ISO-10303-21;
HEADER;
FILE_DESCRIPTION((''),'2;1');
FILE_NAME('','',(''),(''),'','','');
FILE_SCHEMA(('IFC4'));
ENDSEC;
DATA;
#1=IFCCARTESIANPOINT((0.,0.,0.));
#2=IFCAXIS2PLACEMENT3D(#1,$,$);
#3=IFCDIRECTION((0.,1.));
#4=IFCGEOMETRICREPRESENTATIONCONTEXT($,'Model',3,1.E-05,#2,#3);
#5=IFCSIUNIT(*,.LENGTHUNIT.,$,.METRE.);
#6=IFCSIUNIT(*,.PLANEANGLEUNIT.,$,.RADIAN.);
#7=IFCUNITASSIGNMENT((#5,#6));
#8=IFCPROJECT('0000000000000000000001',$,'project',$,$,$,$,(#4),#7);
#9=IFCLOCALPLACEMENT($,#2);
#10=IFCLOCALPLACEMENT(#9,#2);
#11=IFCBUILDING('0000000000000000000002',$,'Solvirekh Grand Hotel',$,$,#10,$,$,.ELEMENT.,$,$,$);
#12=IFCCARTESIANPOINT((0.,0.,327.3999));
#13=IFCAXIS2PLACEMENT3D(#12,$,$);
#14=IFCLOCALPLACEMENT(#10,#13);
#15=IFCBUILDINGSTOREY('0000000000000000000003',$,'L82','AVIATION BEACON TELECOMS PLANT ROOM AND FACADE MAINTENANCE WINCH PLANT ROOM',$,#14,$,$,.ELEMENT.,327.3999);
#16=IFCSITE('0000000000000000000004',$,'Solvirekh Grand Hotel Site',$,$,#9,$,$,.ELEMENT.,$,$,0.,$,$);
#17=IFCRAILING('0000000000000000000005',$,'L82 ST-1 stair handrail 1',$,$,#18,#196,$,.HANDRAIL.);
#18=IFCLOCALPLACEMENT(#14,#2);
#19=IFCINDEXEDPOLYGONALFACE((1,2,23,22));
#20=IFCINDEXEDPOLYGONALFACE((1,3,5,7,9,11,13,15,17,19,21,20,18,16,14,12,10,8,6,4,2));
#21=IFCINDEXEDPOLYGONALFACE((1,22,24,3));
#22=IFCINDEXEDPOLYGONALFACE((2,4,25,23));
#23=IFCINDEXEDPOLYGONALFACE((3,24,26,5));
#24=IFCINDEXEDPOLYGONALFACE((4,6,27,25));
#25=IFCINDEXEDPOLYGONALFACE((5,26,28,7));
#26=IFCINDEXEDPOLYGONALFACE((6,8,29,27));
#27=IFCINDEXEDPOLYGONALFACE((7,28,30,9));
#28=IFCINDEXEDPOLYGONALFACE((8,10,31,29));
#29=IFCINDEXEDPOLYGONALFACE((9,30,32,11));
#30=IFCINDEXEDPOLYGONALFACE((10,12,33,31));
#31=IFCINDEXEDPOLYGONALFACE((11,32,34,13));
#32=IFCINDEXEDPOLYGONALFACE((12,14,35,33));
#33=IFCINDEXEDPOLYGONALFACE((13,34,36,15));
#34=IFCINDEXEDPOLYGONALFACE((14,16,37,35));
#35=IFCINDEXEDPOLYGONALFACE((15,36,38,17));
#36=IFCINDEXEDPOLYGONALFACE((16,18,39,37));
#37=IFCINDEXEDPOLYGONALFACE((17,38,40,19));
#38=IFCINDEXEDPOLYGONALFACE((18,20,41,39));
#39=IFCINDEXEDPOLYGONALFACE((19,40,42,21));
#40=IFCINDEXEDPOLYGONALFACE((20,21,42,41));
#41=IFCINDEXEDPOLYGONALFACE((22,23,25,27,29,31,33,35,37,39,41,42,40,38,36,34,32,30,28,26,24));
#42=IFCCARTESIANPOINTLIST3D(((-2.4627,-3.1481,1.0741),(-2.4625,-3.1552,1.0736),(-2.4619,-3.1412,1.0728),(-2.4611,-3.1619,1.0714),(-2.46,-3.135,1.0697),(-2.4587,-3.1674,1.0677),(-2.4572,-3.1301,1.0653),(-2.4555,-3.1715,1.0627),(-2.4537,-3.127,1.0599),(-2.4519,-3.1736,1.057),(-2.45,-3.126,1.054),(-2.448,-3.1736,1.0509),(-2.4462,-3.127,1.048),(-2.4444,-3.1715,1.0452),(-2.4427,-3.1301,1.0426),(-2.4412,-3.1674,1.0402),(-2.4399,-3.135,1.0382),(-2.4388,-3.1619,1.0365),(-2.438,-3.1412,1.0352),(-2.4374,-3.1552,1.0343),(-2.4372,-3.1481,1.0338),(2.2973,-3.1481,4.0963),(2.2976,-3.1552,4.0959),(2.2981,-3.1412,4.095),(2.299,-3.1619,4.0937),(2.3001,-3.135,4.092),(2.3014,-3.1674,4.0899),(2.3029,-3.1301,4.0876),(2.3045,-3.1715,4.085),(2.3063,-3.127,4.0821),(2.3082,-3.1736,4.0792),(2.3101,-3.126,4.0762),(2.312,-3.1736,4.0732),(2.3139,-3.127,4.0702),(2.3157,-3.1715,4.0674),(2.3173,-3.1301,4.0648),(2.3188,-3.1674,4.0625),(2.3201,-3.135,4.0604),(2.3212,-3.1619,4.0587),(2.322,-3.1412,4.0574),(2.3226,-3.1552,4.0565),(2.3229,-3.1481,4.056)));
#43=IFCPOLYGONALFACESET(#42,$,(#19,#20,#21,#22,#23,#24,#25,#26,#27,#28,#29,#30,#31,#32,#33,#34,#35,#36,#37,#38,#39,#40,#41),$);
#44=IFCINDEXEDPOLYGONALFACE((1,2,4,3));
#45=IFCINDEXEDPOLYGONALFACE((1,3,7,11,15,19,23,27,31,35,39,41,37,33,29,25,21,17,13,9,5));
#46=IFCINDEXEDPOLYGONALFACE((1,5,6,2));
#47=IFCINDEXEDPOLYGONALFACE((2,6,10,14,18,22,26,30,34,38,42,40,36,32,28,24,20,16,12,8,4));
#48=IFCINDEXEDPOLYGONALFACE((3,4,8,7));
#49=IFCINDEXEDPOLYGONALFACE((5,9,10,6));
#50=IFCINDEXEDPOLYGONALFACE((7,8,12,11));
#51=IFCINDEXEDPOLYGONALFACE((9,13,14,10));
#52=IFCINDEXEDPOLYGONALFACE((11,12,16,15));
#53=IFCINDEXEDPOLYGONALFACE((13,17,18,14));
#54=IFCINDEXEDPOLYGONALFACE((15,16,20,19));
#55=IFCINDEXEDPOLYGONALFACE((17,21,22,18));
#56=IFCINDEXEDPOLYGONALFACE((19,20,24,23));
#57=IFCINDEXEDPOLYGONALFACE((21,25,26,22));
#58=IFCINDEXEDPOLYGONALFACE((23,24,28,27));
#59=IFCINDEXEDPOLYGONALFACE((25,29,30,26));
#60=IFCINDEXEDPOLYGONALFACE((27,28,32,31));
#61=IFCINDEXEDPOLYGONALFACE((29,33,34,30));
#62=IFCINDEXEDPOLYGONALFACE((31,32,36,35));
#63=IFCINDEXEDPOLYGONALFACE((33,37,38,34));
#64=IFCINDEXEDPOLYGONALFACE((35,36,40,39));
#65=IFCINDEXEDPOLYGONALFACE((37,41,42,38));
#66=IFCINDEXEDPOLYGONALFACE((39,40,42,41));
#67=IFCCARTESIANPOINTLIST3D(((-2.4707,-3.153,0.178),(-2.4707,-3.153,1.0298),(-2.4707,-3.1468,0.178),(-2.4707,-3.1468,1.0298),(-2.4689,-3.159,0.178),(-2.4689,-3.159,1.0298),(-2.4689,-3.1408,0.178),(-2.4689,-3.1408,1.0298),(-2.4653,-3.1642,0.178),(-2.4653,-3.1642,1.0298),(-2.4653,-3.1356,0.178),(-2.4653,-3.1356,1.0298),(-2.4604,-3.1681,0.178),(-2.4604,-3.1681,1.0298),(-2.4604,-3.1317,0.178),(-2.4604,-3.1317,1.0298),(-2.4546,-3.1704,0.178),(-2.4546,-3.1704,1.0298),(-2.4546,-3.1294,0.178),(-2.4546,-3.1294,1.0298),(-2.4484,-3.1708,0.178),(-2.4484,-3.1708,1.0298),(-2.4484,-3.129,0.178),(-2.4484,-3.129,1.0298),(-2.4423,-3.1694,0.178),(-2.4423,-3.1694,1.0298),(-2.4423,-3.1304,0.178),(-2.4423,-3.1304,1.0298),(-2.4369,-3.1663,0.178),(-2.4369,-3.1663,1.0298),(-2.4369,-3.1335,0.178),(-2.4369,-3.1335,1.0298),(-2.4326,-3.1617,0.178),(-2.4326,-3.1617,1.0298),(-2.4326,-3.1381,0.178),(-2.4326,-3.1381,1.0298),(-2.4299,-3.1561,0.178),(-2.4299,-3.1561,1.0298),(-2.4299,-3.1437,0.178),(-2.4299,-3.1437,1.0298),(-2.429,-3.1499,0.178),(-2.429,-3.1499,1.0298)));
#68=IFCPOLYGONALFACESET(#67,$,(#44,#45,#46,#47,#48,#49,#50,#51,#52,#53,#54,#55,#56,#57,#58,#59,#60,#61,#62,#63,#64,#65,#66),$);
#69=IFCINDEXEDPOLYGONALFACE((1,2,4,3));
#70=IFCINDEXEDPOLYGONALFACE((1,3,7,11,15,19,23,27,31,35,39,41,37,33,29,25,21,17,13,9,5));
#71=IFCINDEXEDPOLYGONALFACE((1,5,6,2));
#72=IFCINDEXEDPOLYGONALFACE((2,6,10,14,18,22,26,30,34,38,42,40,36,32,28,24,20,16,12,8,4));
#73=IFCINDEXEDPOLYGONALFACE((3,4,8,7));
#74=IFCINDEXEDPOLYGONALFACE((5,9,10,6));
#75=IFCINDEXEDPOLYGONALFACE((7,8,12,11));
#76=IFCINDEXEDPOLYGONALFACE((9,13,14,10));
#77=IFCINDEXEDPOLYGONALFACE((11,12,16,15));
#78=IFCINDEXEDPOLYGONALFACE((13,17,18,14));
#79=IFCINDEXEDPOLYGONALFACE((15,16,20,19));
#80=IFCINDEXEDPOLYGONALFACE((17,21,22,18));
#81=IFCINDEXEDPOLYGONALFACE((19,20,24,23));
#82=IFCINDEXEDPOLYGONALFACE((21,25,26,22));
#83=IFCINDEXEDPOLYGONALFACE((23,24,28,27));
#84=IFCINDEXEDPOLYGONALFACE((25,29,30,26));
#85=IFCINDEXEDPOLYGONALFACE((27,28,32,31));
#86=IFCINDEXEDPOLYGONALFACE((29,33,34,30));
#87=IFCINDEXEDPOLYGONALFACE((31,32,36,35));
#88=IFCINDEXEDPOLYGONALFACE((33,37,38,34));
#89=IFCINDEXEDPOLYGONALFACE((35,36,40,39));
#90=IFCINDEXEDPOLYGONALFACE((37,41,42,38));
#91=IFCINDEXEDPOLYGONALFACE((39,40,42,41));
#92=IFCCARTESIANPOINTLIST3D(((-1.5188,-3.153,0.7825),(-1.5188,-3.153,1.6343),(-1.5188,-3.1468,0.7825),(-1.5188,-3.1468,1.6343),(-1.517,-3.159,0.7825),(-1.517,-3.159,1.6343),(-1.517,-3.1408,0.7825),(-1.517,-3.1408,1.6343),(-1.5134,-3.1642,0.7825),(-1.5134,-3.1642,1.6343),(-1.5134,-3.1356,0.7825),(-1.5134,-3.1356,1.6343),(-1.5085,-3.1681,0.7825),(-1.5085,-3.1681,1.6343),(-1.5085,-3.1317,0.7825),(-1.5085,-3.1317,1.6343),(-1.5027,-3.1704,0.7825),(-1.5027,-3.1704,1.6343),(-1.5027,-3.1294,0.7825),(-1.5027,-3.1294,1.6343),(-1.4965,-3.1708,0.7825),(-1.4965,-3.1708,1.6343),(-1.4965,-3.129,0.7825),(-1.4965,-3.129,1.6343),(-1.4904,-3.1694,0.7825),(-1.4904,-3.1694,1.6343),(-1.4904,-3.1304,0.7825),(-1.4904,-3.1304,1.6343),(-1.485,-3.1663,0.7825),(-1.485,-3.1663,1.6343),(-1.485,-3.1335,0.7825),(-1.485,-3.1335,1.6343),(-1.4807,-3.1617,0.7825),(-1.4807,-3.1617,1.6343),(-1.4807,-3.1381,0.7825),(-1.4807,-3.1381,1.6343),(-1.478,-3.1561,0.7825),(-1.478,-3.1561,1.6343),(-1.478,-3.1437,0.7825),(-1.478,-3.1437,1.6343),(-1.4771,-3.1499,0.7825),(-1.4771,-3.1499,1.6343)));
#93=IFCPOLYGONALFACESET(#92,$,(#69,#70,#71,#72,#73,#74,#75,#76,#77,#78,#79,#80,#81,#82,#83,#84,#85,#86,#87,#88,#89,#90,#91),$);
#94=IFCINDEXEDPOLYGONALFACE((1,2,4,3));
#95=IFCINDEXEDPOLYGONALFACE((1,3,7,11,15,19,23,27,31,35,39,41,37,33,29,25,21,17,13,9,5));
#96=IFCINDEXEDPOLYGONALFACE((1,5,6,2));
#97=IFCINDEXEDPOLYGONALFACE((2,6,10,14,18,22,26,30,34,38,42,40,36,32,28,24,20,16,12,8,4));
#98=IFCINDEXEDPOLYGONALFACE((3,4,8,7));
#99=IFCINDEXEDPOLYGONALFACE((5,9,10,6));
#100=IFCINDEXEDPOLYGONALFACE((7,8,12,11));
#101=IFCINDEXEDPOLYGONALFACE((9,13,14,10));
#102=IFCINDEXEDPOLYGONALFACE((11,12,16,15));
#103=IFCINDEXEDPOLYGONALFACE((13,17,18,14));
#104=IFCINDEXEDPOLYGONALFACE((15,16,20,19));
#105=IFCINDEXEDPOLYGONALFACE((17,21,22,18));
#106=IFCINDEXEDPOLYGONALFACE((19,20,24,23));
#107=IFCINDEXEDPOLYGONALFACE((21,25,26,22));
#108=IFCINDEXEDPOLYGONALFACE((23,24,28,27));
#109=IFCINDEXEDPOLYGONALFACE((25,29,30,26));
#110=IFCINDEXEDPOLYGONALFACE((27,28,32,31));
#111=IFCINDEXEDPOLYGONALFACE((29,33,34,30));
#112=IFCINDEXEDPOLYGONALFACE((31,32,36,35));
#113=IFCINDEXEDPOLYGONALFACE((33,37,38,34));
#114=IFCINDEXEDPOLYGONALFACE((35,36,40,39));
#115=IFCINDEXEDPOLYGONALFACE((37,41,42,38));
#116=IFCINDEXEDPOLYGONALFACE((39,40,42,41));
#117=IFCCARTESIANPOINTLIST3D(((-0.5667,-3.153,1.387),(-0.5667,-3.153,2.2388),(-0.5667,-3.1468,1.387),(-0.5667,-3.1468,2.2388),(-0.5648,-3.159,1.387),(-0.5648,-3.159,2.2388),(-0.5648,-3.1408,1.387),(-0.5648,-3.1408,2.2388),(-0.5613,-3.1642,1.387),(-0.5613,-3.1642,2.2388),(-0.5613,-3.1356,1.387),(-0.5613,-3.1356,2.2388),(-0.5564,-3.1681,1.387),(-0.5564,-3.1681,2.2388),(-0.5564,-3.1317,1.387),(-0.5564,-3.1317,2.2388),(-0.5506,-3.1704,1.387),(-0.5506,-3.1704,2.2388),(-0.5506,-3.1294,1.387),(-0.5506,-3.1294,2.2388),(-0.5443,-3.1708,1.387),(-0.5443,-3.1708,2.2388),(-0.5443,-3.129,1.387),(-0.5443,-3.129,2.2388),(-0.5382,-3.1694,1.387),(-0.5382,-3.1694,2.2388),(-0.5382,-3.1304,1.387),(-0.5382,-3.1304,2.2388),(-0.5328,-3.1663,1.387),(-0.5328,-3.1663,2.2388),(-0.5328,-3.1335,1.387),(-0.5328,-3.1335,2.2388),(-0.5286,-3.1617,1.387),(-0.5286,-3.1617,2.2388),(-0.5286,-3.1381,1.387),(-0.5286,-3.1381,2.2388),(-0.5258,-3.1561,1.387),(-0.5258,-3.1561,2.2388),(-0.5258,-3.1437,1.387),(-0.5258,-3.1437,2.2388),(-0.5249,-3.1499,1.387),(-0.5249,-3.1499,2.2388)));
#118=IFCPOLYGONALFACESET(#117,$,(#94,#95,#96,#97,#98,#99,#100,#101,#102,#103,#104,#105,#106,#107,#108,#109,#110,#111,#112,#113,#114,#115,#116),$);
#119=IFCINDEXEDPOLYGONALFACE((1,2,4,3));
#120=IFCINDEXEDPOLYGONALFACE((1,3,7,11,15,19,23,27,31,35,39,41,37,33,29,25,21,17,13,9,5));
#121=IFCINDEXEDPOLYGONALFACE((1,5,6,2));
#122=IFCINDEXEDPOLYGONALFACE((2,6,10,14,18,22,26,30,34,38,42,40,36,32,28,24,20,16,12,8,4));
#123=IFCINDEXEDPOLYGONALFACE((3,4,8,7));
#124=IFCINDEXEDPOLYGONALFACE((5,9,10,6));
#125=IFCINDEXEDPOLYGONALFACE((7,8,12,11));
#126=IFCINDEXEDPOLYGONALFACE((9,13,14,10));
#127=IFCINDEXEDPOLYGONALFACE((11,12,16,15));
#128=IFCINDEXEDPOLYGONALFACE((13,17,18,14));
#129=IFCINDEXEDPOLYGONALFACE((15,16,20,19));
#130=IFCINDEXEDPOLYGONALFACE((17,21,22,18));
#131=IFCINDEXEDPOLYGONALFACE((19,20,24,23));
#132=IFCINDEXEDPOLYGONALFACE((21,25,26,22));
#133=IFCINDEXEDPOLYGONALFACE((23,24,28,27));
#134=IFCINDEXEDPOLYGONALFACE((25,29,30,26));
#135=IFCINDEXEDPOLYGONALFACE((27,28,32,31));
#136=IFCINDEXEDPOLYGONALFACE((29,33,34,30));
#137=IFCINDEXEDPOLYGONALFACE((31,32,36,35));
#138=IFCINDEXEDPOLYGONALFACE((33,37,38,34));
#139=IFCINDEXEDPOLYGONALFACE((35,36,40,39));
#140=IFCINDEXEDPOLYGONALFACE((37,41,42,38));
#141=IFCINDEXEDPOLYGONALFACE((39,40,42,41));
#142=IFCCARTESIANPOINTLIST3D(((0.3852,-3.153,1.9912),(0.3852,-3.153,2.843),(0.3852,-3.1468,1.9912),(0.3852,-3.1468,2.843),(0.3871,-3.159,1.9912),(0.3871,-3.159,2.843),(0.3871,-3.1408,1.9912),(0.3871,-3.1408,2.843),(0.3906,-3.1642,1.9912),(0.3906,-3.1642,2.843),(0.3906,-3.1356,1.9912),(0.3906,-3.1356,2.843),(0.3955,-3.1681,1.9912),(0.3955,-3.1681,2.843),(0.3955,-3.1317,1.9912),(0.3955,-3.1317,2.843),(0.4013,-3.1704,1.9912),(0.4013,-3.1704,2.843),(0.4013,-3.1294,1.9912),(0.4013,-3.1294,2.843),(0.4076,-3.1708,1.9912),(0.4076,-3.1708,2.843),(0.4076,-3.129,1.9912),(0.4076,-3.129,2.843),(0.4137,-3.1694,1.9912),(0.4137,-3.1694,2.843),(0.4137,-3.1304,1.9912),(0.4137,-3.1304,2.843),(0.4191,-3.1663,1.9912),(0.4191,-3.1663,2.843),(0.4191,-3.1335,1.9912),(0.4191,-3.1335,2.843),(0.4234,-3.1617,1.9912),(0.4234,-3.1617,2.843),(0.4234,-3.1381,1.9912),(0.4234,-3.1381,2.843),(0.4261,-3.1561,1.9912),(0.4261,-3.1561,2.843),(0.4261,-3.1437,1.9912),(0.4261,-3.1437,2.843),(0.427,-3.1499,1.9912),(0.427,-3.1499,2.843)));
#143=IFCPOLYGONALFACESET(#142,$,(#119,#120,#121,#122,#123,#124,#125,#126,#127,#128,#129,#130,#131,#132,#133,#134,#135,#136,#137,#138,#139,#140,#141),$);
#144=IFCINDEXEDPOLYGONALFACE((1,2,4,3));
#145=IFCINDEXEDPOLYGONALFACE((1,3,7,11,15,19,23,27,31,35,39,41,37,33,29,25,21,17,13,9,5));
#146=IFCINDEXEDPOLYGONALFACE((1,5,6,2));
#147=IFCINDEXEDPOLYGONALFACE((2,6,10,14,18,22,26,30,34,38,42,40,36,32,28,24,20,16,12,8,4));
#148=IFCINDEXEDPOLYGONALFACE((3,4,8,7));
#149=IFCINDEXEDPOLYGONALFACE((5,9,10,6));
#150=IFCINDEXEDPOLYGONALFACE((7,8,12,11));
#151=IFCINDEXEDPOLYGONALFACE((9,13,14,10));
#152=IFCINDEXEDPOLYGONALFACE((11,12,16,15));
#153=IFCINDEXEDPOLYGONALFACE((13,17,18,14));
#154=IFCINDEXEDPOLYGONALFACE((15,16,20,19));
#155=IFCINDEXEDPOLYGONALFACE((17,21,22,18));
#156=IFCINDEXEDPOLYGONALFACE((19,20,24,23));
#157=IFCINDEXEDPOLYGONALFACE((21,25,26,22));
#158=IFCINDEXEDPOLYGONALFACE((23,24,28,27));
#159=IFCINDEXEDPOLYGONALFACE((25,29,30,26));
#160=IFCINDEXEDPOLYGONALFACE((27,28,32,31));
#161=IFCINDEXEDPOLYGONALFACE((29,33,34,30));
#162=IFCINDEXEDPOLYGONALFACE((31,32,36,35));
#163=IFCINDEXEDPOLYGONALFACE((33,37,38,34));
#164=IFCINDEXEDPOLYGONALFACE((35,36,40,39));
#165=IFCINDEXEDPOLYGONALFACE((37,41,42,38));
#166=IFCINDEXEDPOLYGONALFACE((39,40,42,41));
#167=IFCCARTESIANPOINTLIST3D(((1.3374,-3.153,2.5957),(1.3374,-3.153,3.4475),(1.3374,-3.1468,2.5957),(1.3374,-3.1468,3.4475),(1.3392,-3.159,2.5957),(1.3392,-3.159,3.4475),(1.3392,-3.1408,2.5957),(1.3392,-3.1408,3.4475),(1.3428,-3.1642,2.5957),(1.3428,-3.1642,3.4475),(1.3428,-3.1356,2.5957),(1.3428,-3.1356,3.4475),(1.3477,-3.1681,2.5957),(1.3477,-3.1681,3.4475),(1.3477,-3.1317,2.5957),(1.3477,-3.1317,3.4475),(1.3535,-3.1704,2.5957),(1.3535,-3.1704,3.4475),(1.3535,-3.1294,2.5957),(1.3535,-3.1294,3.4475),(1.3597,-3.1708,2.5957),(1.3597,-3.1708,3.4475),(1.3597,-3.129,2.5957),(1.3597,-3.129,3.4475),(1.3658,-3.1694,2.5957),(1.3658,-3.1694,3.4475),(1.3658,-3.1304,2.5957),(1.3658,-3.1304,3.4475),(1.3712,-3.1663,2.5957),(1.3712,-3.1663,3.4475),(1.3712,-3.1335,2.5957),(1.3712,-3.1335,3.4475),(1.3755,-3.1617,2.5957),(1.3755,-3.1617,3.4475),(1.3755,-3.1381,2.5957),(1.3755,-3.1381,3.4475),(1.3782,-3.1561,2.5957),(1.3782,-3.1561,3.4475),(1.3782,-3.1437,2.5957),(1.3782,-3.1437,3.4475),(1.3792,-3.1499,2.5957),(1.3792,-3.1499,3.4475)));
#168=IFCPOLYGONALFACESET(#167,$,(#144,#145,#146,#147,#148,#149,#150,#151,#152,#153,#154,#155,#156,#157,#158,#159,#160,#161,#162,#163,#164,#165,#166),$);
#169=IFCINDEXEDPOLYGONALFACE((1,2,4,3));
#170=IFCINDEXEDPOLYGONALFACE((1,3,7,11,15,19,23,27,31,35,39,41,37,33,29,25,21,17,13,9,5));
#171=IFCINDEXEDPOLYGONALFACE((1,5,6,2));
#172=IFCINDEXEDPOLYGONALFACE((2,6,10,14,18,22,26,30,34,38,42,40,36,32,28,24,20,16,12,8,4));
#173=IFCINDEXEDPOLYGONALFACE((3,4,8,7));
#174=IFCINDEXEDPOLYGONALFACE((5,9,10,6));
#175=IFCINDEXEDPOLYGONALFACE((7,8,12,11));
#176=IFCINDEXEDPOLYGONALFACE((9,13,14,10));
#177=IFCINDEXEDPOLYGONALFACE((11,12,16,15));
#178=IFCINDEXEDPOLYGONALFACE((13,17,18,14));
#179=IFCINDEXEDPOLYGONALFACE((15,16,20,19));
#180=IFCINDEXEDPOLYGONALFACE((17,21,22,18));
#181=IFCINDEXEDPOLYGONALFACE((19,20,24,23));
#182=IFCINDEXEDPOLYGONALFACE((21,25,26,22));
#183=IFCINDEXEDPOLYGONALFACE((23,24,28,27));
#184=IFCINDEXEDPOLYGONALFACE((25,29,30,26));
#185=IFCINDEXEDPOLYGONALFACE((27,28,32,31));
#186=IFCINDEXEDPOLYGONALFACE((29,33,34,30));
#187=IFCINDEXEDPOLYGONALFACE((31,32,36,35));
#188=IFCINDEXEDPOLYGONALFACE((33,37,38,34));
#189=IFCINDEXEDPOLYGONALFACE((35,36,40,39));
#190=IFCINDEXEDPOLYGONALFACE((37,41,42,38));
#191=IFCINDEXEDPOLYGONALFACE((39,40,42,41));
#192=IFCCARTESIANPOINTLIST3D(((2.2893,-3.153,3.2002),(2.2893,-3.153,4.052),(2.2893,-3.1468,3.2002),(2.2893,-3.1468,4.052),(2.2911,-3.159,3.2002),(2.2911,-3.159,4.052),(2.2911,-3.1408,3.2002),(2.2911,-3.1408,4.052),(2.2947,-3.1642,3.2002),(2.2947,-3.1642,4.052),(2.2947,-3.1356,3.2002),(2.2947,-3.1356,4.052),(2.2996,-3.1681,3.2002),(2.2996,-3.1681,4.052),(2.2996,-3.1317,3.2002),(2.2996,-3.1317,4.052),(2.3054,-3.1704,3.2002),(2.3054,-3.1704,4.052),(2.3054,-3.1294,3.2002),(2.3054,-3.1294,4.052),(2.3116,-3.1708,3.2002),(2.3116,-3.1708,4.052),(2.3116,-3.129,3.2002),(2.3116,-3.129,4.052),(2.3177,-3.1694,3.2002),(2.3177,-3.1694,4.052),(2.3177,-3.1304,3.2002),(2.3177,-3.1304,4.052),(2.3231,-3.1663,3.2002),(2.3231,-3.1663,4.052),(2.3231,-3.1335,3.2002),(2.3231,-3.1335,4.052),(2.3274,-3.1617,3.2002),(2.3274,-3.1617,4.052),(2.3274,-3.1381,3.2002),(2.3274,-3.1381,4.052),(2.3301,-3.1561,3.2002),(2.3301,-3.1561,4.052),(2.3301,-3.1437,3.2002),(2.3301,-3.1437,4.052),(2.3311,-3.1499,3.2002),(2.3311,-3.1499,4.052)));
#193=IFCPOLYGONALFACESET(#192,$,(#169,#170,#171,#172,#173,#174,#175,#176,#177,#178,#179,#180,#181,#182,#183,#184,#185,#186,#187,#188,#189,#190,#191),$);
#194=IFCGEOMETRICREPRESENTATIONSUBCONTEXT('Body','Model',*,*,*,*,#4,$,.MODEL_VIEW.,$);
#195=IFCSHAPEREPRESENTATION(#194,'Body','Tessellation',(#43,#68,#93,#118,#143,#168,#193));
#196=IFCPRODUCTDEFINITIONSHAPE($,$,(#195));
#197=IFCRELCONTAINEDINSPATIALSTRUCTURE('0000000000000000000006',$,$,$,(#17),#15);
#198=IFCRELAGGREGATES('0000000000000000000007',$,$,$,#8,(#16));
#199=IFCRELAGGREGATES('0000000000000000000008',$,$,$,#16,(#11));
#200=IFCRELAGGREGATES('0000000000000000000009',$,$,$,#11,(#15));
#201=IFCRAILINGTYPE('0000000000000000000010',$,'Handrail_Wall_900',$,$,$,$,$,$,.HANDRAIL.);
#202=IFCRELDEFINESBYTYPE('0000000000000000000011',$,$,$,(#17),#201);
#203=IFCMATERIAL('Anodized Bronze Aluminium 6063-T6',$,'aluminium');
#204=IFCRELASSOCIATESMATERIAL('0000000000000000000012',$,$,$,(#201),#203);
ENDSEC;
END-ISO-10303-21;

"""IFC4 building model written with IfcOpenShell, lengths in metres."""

from ifc_helpers import new_model, si_unit, direction, frame, origin, origin_2d, place, context, subcontext, project, spatial, circle, extrude, material, type_object, element, save


model = new_model("IFC4")

# Units and contexts
model_context = context("Model", 3, precision=1e-05, world=origin(), true_north=direction((0.0, 1.0)))
body_context = subcontext(model_context, "Body", "Model", "MODEL_VIEW")
ifc_project = project(units=[si_unit("LENGTHUNIT", "METRE"), si_unit("PLANEANGLEUNIT", "RADIAN")], contexts=[model_context])

# Site, building, storey
site_placement = place(None, origin())
site = spatial("IfcSite", under=ifc_project, at=site_placement, Name="Solvirekh Grand Hotel Site", CompositionType="ELEMENT", RefElevation=0.0)
building_placement = place(site_placement, origin())
building = spatial("IfcBuilding", under=site, at=building_placement, Name="Solvirekh Grand Hotel", CompositionType="ELEMENT")
storey_placement = place(building_placement, frame((0.0, 0.0, 327.3999)))
storey = spatial("IfcBuildingStorey", under=building, at=storey_placement, Name="L82", Description="AVIATION BEACON TELECOMS PLANT ROOM AND FACADE MAINTENANCE WINCH PLANT ROOM", CompositionType="ELEMENT", Elevation=327.3999)

# Shared definitions
ifc_material_1 = material(Name="Anodized Bronze Aluminium 6063-T6", Category="aluminium")

# Railing
railing_type_1 = type_object("IfcRailingType", Name="Handrail_Wall_900", PredefinedType="HANDRAIL", material=ifc_material_1)
railing_1_placement = place(storey_placement, frame((-2.45, -3.1499, 0.178)))
element("IfcRailing", 1, at=railing_1_placement, inside=storey, type_object=railing_type_1, Name="L82 ST-1 stair handrail 1", PredefinedType="HANDRAIL", context=body_context, shape_type="SweptSolid", body=[
    extrude(circle(Radius=0.0239, at=origin_2d()), frame((0.0, 0.0, 0.876), z_axis=(0.844214, 0.0, 0.536007), x_axis=(0.0, 1.0, 0.0)), (0.0, 0.0, 1.0), 5.6384),
    extrude(circle(Radius=0.021, at=origin_2d()), origin(), (0.0, 0.0, 1.0), 0.8518),
    extrude(circle(Radius=0.021, at=origin_2d()), frame((0.9519, 0.0, 0.6045)), (0.0, 0.0, 1.0), 0.8518),
    extrude(circle(Radius=0.021, at=origin_2d()), frame((1.9041, 0.0, 1.209)), (0.0, 0.0, 1.0), 0.8518),
    extrude(circle(Radius=0.021, at=origin_2d()), frame((2.856, 0.0, 1.8132)), (0.0, 0.0, 1.0), 0.8518),
    extrude(circle(Radius=0.021, at=origin_2d()), frame((3.8081, 0.0, 2.4177)), (0.0, 0.0, 1.0), 0.8518),
    extrude(circle(Radius=0.021, at=origin_2d()), frame((4.76, 0.0, 3.0222)), (0.0, 0.0, 1.0), 0.8518),
])

save(model, "model.ifc")
